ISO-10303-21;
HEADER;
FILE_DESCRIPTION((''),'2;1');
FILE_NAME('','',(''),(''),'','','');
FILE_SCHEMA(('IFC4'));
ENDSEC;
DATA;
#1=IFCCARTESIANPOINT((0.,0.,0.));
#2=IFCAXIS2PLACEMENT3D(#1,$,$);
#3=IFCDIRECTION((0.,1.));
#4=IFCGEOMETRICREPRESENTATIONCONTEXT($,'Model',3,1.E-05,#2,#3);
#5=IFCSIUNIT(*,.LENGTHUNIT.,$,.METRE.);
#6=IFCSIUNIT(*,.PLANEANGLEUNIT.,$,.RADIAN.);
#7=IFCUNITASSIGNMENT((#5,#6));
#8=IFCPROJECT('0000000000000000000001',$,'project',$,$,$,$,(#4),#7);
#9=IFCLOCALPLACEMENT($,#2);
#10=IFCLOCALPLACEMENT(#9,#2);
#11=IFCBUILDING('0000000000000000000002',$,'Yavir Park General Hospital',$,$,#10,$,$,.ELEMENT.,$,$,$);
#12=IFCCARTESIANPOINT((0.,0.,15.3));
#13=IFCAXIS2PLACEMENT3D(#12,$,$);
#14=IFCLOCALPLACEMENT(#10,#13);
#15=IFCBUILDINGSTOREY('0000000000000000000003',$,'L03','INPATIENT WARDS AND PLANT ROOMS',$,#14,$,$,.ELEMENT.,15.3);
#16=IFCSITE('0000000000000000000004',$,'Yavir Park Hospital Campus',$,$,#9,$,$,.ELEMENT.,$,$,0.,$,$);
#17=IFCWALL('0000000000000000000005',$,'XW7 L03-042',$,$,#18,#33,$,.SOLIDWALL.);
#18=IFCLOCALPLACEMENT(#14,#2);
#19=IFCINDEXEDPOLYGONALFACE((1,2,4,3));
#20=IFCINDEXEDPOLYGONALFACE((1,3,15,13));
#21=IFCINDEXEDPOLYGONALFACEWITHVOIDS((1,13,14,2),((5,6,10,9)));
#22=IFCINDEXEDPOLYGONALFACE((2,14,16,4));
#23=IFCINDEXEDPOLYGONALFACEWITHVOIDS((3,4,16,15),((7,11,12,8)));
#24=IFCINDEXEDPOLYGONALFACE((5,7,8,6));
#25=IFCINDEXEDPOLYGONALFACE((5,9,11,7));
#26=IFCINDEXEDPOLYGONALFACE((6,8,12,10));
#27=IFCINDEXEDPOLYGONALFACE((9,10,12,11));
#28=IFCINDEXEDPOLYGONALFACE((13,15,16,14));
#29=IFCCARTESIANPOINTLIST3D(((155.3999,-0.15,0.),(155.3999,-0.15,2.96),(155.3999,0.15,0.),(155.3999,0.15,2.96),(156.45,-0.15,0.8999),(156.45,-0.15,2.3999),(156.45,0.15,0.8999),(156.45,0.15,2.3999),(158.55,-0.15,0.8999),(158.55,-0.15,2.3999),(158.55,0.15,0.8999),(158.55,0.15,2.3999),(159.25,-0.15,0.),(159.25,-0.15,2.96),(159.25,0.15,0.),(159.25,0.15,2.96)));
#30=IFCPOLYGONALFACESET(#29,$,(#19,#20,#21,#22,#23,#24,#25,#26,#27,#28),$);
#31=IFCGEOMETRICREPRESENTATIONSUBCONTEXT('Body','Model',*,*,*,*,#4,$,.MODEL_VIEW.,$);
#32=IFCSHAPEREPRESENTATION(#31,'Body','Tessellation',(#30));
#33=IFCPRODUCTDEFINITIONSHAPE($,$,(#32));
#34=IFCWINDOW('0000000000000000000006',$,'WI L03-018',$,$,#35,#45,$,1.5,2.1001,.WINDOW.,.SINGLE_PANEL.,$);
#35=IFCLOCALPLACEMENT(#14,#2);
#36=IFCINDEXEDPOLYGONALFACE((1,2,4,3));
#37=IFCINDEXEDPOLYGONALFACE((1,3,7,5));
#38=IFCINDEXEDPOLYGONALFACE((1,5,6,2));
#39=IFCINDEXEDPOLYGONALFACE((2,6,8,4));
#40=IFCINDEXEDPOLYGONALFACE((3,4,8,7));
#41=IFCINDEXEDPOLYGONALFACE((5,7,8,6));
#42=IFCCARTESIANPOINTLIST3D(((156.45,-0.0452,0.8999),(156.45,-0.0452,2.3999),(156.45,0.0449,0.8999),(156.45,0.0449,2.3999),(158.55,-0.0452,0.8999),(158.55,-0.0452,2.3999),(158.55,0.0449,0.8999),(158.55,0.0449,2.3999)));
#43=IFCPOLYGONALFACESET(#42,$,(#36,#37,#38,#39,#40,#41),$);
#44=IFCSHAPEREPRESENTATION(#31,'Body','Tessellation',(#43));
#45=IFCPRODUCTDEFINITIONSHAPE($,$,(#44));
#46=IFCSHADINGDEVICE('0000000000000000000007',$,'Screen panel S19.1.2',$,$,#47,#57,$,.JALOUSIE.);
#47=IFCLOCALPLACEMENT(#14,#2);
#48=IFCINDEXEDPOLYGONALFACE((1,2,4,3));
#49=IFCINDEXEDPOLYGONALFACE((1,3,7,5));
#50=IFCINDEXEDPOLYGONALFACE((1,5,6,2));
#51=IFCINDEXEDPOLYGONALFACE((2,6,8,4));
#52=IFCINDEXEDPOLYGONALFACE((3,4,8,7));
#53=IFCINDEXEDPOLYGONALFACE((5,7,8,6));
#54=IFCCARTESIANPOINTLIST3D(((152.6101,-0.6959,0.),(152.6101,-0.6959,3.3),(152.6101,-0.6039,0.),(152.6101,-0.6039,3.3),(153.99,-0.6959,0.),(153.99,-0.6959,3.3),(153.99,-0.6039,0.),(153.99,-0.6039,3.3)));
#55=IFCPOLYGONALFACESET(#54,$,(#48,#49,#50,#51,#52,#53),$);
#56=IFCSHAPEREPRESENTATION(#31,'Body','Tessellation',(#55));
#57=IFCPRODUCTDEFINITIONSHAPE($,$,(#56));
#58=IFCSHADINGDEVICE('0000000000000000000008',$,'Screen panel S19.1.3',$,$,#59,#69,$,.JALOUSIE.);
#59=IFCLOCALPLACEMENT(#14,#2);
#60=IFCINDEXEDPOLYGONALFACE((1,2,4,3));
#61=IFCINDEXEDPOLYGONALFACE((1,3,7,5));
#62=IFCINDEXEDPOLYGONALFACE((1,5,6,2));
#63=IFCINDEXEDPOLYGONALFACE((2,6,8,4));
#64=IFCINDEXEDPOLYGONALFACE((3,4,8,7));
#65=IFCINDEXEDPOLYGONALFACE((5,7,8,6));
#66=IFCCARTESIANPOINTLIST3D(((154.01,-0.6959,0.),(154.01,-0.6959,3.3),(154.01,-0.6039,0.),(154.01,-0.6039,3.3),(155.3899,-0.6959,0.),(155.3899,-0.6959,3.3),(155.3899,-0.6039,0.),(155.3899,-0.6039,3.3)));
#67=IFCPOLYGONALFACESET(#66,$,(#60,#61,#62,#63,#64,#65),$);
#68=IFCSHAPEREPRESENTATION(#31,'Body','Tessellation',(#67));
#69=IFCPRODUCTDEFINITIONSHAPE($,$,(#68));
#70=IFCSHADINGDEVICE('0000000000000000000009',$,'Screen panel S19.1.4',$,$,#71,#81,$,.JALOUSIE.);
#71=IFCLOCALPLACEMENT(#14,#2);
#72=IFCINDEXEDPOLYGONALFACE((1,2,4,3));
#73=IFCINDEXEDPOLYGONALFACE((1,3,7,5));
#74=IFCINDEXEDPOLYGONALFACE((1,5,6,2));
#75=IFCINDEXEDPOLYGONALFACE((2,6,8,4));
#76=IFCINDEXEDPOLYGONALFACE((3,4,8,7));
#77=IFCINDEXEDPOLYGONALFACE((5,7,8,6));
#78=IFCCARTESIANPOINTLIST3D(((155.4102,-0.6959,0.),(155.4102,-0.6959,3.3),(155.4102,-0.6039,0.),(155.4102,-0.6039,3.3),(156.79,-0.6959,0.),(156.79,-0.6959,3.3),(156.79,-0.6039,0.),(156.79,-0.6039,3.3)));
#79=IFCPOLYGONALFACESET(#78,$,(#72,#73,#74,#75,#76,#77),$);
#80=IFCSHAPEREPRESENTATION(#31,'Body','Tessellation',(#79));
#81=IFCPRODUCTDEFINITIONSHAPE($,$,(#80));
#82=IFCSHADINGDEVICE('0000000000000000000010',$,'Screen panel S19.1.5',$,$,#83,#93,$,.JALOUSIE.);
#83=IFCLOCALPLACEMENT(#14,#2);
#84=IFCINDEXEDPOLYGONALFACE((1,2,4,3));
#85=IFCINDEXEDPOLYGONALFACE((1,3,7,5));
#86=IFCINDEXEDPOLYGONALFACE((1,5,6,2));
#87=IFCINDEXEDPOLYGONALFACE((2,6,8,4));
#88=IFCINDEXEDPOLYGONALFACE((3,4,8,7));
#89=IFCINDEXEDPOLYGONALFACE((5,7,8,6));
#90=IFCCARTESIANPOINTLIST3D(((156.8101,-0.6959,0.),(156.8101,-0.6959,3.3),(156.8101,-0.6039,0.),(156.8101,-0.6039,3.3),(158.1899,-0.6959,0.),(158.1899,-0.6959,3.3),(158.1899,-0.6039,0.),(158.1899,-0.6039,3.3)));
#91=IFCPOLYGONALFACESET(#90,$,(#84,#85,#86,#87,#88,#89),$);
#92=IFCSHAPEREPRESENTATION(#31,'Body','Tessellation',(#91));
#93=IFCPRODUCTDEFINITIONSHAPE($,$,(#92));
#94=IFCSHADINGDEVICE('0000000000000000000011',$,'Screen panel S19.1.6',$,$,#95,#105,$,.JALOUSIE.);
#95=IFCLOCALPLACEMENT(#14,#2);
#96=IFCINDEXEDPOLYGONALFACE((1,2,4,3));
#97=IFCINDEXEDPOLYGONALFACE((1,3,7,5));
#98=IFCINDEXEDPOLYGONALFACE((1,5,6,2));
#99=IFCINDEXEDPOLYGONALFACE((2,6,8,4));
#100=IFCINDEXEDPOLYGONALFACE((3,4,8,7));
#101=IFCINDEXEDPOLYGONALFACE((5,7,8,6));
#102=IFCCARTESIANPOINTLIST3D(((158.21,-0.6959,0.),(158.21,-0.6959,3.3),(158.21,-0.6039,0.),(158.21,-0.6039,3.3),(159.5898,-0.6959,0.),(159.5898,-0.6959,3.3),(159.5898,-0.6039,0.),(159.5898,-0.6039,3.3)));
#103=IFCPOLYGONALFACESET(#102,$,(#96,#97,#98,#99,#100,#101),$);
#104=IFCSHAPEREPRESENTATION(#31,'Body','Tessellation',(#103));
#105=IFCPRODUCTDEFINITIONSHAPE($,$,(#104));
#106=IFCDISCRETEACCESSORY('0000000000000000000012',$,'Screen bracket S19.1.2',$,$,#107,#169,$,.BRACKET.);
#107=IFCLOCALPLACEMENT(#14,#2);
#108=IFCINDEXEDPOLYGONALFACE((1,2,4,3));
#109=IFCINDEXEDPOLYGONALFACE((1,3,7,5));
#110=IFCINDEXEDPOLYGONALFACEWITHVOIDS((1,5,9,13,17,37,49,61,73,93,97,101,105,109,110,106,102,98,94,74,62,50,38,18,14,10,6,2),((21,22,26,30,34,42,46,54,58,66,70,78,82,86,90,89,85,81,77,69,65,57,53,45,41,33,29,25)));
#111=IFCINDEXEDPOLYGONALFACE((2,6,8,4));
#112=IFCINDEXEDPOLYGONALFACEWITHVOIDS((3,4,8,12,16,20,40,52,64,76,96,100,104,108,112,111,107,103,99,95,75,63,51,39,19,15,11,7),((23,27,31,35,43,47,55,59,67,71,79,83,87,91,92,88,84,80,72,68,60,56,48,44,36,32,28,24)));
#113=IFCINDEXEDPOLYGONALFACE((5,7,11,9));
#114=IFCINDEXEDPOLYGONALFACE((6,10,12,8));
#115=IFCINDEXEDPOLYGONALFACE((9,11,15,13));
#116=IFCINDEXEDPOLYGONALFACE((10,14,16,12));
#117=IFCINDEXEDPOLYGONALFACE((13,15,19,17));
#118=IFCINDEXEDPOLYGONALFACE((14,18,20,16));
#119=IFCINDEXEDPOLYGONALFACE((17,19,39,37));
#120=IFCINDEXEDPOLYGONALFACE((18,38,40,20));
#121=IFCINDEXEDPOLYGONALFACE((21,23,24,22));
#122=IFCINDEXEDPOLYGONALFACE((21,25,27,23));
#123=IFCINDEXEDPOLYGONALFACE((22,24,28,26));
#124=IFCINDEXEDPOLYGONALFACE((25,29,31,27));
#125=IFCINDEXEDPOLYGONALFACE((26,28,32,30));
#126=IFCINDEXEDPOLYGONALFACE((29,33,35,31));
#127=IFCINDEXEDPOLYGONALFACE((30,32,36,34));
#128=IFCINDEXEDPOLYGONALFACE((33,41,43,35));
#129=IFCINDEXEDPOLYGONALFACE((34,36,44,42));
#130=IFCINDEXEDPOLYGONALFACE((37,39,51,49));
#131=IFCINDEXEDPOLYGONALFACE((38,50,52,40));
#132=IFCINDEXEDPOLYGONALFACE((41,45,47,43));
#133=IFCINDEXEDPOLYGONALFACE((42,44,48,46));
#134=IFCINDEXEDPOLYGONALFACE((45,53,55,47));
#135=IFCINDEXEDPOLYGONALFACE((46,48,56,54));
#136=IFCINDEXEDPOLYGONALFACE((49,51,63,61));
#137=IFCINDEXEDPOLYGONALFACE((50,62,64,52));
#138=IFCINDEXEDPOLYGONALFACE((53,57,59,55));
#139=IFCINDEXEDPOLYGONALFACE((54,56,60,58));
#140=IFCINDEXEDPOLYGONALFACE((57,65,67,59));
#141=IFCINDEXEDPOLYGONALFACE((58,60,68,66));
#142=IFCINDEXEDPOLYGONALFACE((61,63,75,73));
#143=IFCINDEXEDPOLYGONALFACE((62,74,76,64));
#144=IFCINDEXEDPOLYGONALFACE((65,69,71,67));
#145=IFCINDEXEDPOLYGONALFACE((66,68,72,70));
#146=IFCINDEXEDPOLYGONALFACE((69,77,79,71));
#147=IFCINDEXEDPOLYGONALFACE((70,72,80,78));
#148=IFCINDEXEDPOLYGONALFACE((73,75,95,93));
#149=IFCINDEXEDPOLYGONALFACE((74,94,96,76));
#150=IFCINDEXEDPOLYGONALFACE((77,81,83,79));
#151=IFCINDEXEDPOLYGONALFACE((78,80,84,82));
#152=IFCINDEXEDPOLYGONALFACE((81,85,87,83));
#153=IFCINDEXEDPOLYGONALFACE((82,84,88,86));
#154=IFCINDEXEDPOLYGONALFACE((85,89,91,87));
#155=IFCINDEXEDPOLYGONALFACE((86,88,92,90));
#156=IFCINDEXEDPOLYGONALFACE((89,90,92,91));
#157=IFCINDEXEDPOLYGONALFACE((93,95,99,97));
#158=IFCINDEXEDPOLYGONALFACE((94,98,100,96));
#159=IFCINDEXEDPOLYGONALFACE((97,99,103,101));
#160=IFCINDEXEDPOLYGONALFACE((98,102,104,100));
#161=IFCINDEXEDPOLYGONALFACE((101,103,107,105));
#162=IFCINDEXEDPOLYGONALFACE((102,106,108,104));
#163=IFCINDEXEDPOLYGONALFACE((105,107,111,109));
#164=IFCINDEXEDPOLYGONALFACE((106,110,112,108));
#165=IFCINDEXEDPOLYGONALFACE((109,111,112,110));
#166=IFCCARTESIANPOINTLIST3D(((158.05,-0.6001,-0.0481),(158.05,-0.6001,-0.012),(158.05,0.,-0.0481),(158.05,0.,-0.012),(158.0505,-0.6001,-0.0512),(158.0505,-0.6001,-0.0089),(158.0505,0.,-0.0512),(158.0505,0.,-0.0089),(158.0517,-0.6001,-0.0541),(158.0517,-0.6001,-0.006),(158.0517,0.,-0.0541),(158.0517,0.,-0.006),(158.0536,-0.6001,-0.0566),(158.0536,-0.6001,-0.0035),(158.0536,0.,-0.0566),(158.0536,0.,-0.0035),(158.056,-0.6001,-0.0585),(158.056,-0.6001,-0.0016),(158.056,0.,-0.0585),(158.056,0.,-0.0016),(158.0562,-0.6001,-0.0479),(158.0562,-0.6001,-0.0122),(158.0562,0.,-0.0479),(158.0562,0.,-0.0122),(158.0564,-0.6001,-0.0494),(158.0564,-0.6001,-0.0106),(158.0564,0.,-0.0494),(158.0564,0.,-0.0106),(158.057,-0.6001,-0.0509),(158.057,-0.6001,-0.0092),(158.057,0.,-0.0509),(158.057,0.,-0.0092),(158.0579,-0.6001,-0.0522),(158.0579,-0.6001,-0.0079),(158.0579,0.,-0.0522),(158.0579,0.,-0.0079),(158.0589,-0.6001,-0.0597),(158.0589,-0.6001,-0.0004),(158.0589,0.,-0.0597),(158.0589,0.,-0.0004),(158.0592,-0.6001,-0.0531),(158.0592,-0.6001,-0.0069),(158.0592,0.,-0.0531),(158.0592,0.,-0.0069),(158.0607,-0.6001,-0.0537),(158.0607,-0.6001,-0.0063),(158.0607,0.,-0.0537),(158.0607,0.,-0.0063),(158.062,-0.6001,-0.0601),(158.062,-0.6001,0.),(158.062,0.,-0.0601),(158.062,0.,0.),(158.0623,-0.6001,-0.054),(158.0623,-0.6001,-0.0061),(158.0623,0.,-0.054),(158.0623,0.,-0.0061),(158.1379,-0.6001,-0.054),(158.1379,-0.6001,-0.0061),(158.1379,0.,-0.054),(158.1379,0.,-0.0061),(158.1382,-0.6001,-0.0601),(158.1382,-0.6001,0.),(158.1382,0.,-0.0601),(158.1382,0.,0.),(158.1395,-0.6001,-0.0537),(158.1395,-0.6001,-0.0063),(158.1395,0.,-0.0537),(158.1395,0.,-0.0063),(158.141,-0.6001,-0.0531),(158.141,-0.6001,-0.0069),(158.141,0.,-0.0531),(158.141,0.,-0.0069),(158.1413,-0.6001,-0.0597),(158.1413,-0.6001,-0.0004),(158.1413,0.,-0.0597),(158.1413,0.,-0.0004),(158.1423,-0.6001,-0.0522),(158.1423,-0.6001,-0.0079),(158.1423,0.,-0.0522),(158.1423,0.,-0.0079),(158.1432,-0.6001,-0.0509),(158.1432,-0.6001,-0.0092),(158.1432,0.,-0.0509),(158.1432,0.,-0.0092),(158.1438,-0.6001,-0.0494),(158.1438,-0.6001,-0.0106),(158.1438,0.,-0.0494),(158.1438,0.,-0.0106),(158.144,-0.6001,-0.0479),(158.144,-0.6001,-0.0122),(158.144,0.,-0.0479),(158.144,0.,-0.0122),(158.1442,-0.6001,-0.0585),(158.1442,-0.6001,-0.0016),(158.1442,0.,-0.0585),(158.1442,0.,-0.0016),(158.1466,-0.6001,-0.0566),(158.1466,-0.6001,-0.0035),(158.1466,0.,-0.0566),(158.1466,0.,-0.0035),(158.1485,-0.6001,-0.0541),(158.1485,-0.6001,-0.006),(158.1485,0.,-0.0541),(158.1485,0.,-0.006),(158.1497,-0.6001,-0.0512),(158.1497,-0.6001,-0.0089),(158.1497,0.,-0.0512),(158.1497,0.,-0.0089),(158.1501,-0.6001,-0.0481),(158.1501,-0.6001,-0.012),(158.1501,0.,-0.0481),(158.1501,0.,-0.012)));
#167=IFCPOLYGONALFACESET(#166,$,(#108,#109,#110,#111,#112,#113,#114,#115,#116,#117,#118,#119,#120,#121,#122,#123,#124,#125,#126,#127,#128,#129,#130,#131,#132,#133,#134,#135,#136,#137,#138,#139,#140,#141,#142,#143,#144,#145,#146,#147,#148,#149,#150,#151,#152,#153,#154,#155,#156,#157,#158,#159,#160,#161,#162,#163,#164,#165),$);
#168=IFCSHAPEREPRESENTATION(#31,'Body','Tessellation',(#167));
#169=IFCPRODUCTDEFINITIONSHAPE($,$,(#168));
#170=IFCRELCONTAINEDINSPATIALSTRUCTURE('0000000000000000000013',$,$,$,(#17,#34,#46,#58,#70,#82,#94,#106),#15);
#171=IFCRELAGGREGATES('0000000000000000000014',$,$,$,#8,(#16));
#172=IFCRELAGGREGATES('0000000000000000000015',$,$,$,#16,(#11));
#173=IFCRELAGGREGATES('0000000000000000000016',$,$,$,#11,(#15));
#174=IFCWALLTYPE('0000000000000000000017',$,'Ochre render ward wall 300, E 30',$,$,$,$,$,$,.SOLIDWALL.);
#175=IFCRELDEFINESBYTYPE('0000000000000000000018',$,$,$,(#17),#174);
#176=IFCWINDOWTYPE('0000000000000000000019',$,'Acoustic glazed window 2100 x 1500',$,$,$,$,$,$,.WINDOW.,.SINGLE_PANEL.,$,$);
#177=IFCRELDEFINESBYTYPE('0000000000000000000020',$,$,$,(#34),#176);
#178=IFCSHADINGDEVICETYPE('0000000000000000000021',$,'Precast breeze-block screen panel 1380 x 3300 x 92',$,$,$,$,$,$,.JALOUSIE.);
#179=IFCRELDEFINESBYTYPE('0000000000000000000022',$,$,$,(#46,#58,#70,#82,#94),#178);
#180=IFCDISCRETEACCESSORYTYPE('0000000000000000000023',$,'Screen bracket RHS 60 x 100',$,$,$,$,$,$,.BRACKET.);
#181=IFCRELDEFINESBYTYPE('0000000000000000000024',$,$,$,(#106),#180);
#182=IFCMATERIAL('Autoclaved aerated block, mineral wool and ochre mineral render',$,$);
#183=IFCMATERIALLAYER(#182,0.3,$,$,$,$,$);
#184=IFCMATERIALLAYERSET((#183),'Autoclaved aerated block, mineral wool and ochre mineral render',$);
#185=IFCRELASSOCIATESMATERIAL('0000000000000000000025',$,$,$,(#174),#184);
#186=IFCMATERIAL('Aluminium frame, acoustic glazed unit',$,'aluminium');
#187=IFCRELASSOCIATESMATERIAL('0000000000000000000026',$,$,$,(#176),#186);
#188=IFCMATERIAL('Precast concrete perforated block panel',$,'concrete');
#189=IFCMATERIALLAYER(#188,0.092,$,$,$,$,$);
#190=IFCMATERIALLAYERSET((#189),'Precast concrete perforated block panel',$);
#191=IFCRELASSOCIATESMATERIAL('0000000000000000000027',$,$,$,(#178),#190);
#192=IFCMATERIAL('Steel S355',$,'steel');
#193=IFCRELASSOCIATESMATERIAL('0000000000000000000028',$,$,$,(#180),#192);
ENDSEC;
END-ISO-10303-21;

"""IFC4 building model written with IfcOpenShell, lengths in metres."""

from ifc_helpers import new_model, si_unit, direction, frame, frame_2d, origin, origin_2d, place, context, subcontext, project, spatial, rectangle, hollow_rectangle, extrude, material, layer, layer_set, material_profile, profile_set, type_object, element, fill, save


model = new_model("IFC4")

# Units and contexts
model_context = context("Model", 3, precision=1e-05, world=origin(), true_north=direction((0.0, 1.0)))
body_context = subcontext(model_context, "Body", "Model", "MODEL_VIEW")
ifc_project = project(units=[si_unit("LENGTHUNIT", "METRE"), si_unit("PLANEANGLEUNIT", "RADIAN")], contexts=[model_context])

# Site, building, storey
site_placement = place(None, origin())
site = spatial("IfcSite", under=ifc_project, at=site_placement, Name="Yavir Park Hospital Campus", CompositionType="ELEMENT", RefElevation=0.0)
building_placement = place(site_placement, origin())
building = spatial("IfcBuilding", under=site, at=building_placement, Name="Yavir Park General Hospital", CompositionType="ELEMENT")
storey_placement = place(building_placement, frame((0.0, 0.0, 15.3)))
storey = spatial("IfcBuildingStorey", under=building, at=storey_placement, Name="L03", Description="INPATIENT WARDS AND PLANT ROOMS", CompositionType="ELEMENT", Elevation=15.3)

# Wall, opening, window
ifc_material_1 = material(Name="Autoclaved aerated block, mineral wool and ochre mineral render")
ifc_layer_1 = layer(ifc_material_1, 0.3)
ifc_layer_set_1 = layer_set([ifc_layer_1], Name="Autoclaved aerated block, mineral wool and ochre mineral render")
wall_type_1 = type_object("IfcWallType", Name="Ochre render ward wall 300, E 30", PredefinedType="SOLIDWALL", material=ifc_layer_set_1)
wall_1_placement = place(storey_placement, frame((155.3999, 0.0, 0.0), z_axis=(0.0, 0.0, 1.0), x_axis=(1.0, 0.0, 0.0)))
wall_1 = element("IfcWall", 1, at=wall_1_placement, inside=storey, type_object=wall_type_1, Name="XW7 L03-042", PredefinedType="SOLIDWALL", context=body_context, shape_type="SweptSolid", body=[
    extrude(rectangle(XDim=3.8501, YDim=0.3, at=frame_2d((1.925, 0.0))), origin(), (0.0, 0.0, 1.0), 2.96),
])
opening_1_placement = place(wall_1_placement, frame((1.05, 0.0, 0.8999)))
opening_1 = element("IfcOpeningElement", 2, at=opening_1_placement, cuts=wall_1, PredefinedType="OPENING", context=body_context, shape_type="SweptSolid", body=[
    extrude(rectangle(XDim=2.1001, YDim=1.5, at=frame_2d((1.05, 0.75))), frame((0.0, 0.1599, 0.0), z_axis=(0.0, -1.0, 0.0), x_axis=(1.0, 0.0, 0.0)), (0.0, 0.0, 1.0), 0.3201),
])
ifc_material_2 = material(Name="Aluminium frame, acoustic glazed unit", Category="aluminium")
window_type = type_object("IfcWindowType", Name="Acoustic glazed window 2100 x 1500", PartitioningType="SINGLE_PANEL", PredefinedType="WINDOW", material=ifc_material_2)
window_placement = place(opening_1_placement, origin())
window = element("IfcWindow", 3, at=window_placement, inside=storey, type_object=window_type, Name="WI L03-018", OverallHeight=1.5, OverallWidth=2.1001, PartitioningType="SINGLE_PANEL", PredefinedType="WINDOW", context=body_context, shape_type="SweptSolid", body=[
    extrude(rectangle(XDim=2.1001, YDim=1.5, at=frame_2d((1.05, 0.75))), frame((0.0, 0.0449, 0.0), z_axis=(0.0, -1.0, 0.0), x_axis=(1.0, 0.0, 0.0)), (0.0, 0.0, 1.0), 0.0901),
])
fill(opening_1, window)

# Shading devices
ifc_material_3 = material(Name="Precast concrete perforated block panel", Category="concrete")
ifc_layer_2 = layer(ifc_material_3, 0.092)
ifc_layer_set_2 = layer_set([ifc_layer_2], Name="Precast concrete perforated block panel")
shading_device_type = type_object("IfcShadingDeviceType", Name="Precast breeze-block screen panel 1380 x 3300 x 92", PredefinedType="JALOUSIE", material=ifc_layer_set_2)
for number, where, z_axis, x_axis, name in (
    (4, (153.3, -0.6499, 0.0), (0.0, 0.0, 1.0), (1.0, 0.0, 0.0), "Screen panel S19.1.2"),
    (5, (154.7, -0.6499, 0.0), (0.0, 0.0, 1.0), (1.0, 0.0, 0.0), "Screen panel S19.1.3"),
    (6, (156.1001, -0.6499, 0.0), (0.0, 0.0, 1.0), (1.0, 0.0, 0.0), "Screen panel S19.1.4"),
    (7, (157.5, -0.6499, 0.0), (0.0, 0.0, 1.0), (1.0, 0.0, 0.0), "Screen panel S19.1.5"),
    (8, (158.8999, -0.6499, 0.0), (0.0, 0.0, 1.0), (1.0, 0.0, 0.0), "Screen panel S19.1.6"),
):
    element("IfcShadingDevice", number, at=place(storey_placement, frame(where, z_axis=z_axis, x_axis=x_axis)), inside=storey, type_object=shading_device_type, Name=name, PredefinedType="JALOUSIE", context=body_context, shape_type="SweptSolid", body=[
        extrude(rectangle(XDim=1.3799, YDim=0.092, at=origin_2d()), origin(), (0.0, 0.0, 1.0), 3.3),
    ])

# Discrete accessory
ifc_material_4 = material(Name="Steel S355", Category="steel")
ifc_material_profile_1 = material_profile(ifc_material_4, hollow_rectangle(XDim=0.1001, YDim=0.0601, WallThickness=0.0061, InnerFilletRadius=0.0061, OuterFilletRadius=0.012, at=origin_2d()), Name="RHS60x100x6")
ifc_profile_set_1 = profile_set([ifc_material_profile_1], Name="Steel S355")
discrete_accessory_type = type_object("IfcDiscreteAccessoryType", Name="Screen bracket RHS 60 x 100", PredefinedType="BRACKET", material=ifc_profile_set_1)
discrete_accessory_placement = place(storey_placement, frame((158.1001, 0.0, -0.03), z_axis=(0.0, -1.0, 0.0), x_axis=(1.0, 0.0, 0.0)))
element("IfcDiscreteAccessory", 9, at=discrete_accessory_placement, inside=storey, type_object=discrete_accessory_type, Name="Screen bracket S19.1.2", PredefinedType="BRACKET", context=body_context, shape_type="SweptSolid", body=[
    extrude(hollow_rectangle(XDim=0.1001, YDim=0.0601, WallThickness=0.0061, InnerFilletRadius=0.0061, OuterFilletRadius=0.012, at=origin_2d()), origin(), (0.0, 0.0, 1.0), 0.6001),
])

save(model, "model.ifc")
